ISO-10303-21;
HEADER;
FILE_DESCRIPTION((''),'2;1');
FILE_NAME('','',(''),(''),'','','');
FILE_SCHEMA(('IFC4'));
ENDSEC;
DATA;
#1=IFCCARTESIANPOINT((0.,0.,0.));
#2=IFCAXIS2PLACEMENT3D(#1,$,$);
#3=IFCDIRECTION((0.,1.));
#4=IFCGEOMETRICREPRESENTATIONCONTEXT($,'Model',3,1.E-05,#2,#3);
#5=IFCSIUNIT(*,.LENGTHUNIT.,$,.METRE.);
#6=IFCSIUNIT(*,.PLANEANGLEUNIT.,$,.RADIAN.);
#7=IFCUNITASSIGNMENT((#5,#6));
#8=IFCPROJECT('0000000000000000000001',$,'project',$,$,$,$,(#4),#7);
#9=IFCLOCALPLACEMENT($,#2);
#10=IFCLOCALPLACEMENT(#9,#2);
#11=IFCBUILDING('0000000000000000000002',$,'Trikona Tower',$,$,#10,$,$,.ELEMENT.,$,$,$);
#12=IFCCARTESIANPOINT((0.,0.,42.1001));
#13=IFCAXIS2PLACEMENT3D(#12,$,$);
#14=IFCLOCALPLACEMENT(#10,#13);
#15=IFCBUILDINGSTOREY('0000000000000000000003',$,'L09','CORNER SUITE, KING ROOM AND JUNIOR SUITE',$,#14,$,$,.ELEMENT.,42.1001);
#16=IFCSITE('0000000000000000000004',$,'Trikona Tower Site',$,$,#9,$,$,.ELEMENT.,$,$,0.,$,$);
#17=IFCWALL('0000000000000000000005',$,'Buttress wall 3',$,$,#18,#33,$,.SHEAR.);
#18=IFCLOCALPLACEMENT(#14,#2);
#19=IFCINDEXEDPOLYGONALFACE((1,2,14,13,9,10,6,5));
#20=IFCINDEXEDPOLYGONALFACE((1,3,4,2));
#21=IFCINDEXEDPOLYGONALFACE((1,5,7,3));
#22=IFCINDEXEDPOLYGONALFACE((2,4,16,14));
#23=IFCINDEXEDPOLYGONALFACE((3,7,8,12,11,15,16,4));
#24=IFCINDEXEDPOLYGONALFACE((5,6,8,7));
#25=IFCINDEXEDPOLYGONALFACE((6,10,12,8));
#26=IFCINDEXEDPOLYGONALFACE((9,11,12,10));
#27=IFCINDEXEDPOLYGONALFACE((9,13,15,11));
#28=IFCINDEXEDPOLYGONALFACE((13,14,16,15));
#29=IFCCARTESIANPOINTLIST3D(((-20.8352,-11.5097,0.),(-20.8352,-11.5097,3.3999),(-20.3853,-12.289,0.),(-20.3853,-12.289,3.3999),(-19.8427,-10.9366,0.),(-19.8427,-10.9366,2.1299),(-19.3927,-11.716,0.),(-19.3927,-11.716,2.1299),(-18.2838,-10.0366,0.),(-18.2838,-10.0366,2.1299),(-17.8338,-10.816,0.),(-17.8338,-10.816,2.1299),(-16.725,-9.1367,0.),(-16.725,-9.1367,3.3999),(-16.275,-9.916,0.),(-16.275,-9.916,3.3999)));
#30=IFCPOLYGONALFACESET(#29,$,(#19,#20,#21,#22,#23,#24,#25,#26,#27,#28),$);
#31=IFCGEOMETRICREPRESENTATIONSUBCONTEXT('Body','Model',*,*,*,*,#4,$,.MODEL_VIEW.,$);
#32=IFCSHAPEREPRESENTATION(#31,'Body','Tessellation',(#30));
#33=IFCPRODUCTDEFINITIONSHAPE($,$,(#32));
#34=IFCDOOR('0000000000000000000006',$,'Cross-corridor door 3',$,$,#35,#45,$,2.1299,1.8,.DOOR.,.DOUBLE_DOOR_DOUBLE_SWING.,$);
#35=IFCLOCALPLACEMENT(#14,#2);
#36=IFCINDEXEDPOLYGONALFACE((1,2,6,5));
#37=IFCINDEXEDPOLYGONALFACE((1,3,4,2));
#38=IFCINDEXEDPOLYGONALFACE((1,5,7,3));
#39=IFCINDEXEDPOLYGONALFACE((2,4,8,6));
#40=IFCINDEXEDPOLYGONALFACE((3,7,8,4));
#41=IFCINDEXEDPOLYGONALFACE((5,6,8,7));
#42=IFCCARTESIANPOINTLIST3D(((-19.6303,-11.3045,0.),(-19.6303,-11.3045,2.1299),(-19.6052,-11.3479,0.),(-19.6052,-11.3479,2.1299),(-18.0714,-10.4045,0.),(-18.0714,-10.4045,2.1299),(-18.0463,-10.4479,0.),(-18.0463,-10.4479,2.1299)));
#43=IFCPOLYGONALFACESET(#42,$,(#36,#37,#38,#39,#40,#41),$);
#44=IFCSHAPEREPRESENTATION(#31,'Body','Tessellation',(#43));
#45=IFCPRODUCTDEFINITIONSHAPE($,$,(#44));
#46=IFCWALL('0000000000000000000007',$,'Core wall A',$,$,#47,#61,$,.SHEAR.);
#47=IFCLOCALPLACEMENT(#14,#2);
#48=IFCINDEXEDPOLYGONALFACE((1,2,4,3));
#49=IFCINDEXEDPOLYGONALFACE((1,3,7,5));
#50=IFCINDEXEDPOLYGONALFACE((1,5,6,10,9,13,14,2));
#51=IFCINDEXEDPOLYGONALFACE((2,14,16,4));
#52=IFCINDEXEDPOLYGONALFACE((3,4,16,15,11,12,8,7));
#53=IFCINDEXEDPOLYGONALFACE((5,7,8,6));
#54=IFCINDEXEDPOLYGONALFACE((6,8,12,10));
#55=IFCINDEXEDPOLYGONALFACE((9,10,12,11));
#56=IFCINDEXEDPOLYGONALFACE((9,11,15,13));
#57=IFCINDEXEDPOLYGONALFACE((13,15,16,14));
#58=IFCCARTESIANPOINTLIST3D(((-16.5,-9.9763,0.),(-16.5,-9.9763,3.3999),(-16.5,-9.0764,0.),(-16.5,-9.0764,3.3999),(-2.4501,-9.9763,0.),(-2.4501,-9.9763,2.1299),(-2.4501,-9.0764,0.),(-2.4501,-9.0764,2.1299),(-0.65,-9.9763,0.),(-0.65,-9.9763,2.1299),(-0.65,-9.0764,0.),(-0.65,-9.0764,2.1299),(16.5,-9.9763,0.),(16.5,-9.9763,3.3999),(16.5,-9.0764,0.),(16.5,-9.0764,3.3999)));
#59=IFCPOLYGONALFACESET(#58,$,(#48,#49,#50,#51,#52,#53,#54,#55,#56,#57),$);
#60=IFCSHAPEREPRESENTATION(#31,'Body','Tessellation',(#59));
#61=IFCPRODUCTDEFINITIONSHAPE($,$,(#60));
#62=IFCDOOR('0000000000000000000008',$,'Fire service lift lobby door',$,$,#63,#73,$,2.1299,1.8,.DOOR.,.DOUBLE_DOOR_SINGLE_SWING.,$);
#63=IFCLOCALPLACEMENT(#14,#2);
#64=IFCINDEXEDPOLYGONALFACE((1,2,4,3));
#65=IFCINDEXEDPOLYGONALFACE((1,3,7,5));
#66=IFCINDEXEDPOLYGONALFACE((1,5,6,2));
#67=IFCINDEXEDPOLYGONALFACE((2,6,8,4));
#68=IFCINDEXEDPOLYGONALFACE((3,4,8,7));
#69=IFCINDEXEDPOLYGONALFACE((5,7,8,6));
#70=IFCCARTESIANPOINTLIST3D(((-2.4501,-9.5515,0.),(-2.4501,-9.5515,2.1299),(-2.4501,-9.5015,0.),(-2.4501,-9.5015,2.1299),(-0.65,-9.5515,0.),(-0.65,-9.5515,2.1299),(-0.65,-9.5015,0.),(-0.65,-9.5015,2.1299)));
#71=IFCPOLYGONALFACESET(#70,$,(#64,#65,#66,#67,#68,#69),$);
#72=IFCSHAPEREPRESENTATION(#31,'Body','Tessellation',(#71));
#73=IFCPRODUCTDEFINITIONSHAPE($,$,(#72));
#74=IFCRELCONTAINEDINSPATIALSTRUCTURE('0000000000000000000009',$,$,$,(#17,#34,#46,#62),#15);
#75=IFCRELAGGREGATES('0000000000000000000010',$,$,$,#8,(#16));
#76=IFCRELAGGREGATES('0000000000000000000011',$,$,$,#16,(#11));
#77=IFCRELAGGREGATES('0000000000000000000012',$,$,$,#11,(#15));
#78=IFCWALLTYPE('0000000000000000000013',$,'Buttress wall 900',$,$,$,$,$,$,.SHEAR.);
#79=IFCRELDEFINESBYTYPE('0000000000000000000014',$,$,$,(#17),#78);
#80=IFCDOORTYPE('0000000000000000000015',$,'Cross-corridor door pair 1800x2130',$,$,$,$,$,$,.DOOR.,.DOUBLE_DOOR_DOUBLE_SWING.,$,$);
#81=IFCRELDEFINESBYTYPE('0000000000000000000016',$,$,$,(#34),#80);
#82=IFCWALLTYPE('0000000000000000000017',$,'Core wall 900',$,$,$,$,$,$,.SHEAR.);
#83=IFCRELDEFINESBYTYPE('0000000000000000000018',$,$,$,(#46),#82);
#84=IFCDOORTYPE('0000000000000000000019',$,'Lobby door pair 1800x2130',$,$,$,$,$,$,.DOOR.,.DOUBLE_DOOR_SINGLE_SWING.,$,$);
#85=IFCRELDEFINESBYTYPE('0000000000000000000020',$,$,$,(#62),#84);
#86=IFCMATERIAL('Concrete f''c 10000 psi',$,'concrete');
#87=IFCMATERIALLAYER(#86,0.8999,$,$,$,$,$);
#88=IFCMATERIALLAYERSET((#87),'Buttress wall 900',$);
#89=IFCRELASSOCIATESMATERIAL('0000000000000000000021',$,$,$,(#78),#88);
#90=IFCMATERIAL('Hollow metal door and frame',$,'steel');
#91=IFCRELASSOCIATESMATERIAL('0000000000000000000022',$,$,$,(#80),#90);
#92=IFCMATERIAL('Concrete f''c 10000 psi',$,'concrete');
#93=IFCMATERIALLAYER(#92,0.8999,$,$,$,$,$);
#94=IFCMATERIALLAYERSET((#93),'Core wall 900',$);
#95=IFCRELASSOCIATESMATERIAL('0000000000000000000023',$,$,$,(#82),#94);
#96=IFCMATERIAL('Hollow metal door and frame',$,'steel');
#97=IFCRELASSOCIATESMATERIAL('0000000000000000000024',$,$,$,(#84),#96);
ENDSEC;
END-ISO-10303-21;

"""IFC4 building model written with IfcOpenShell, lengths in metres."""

from ifc_helpers import new_model, si_unit, direction, frame, frame_2d, origin, place, context, subcontext, project, spatial, rectangle, extrude, material, layer, layer_set, type_object, element, fill, save


model = new_model("IFC4")

# Units and contexts
model_context = context("Model", 3, precision=1e-05, world=origin(), true_north=direction((0.0, 1.0)))
body_context = subcontext(model_context, "Body", "Model", "MODEL_VIEW")
ifc_project = project(units=[si_unit("LENGTHUNIT", "METRE"), si_unit("PLANEANGLEUNIT", "RADIAN")], contexts=[model_context])

# Site, building, storey
site_placement = place(None, origin())
site = spatial("IfcSite", under=ifc_project, at=site_placement, Name="Trikona Tower Site", CompositionType="ELEMENT", RefElevation=0.0)
building_placement = place(site_placement, origin())
building = spatial("IfcBuilding", under=site, at=building_placement, Name="Trikona Tower", CompositionType="ELEMENT")
storey_placement = place(building_placement, frame((0.0, 0.0, 42.1001)))
storey = spatial("IfcBuildingStorey", under=building, at=storey_placement, Name="L09", Description="CORNER SUITE, KING ROOM AND JUNIOR SUITE", CompositionType="ELEMENT", Elevation=42.1001)

# Walls, openings, doors
ifc_material_1 = material(Name="Concrete f'c 10000 psi", Category="concrete")
ifc_layer_1 = layer(ifc_material_1, 0.8999)
ifc_layer_set_1 = layer_set([ifc_layer_1], Name="Buttress wall 900")
wall_type_1 = type_object("IfcWallType", Name="Buttress wall 900", PredefinedType="SHEAR", material=ifc_layer_set_1)
wall_1_placement = place(storey_placement, frame((-16.5, -9.5264, 0.0), z_axis=(0.0, 0.0, 1.0), x_axis=(-0.866031, -0.49999, 0.0)))
wall_1 = element("IfcWall", 1, at=wall_1_placement, inside=storey, type_object=wall_type_1, Name="Buttress wall 3", PredefinedType="SHEAR", context=body_context, shape_type="SweptSolid", body=[
    extrude(rectangle(XDim=4.7461, YDim=0.8999, at=frame_2d((2.373, 0.0))), origin(), (0.0, 0.0, 1.0), 3.3999),
])
opening_1_placement = place(wall_1_placement, frame((1.8, 0.0, 0.0)))
opening_1 = element("IfcOpeningElement", 2, at=opening_1_placement, cuts=wall_1, PredefinedType="OPENING", context=body_context, shape_type="SweptSolid", body=[
    extrude(rectangle(XDim=1.8, YDim=2.1299, at=frame_2d((0.8999, 1.0649))), frame((0.0, 0.46, 0.0), z_axis=(0.0, -1.0, 0.0), x_axis=(1.0, 0.0, 0.0)), (0.0, 0.0, 1.0), 0.9199),
])
ifc_material_2 = material(Name="Hollow metal door and frame", Category="steel")
door_type_1 = type_object("IfcDoorType", Name="Cross-corridor door pair 1800x2130", OperationType="DOUBLE_DOOR_DOUBLE_SWING", PredefinedType="DOOR", material=ifc_material_2)
door_1_placement = place(opening_1_placement, origin())
door_1 = element("IfcDoor", 3, at=door_1_placement, inside=storey, type_object=door_type_1, Name="Cross-corridor door 3", OperationType="DOUBLE_DOOR_DOUBLE_SWING", OverallHeight=2.1299, OverallWidth=1.8, PredefinedType="DOOR", context=body_context, shape_type="SweptSolid", body=[
    extrude(rectangle(XDim=1.8, YDim=2.1299, at=frame_2d((0.8999, 1.0649))), frame((0.0, 0.0249, 0.0), z_axis=(0.0, -1.0, 0.0), x_axis=(1.0, 0.0, 0.0)), (0.0, 0.0, 1.0), 0.05),
])
fill(opening_1, door_1)
ifc_material_3 = material(Name="Concrete f'c 10000 psi", Category="concrete")
ifc_layer_2 = layer(ifc_material_3, 0.8999)
ifc_layer_set_2 = layer_set([ifc_layer_2], Name="Core wall 900")
wall_type_2 = type_object("IfcWallType", Name="Core wall 900", PredefinedType="SHEAR", material=ifc_layer_set_2)
wall_2_placement = place(storey_placement, frame((-16.5, -9.5264, 0.0), z_axis=(0.0, 0.0, 1.0), x_axis=(1.0, 0.0, 0.0)))
wall_2 = element("IfcWall", 4, at=wall_2_placement, inside=storey, type_object=wall_type_2, Name="Core wall A", PredefinedType="SHEAR", context=body_context, shape_type="SweptSolid", body=[
    extrude(rectangle(XDim=33.0, YDim=0.8999, at=frame_2d((16.5, 0.0))), origin(), (0.0, 0.0, 1.0), 3.3999),
])
opening_2_placement = place(wall_2_placement, frame((14.05, 0.0, 0.0)))
opening_2 = element("IfcOpeningElement", 5, at=opening_2_placement, cuts=wall_2, PredefinedType="OPENING", context=body_context, shape_type="SweptSolid", body=[
    extrude(rectangle(XDim=1.8, YDim=2.1299, at=frame_2d((0.8999, 1.0649))), frame((0.0, 0.46, 0.0), z_axis=(0.0, -1.0, 0.0), x_axis=(1.0, 0.0, 0.0)), (0.0, 0.0, 1.0), 0.9199),
])
ifc_material_4 = material(Name="Hollow metal door and frame", Category="steel")
door_type_2 = type_object("IfcDoorType", Name="Lobby door pair 1800x2130", OperationType="DOUBLE_DOOR_SINGLE_SWING", PredefinedType="DOOR", material=ifc_material_4)
door_2_placement = place(opening_2_placement, origin())
door_2 = element("IfcDoor", 6, at=door_2_placement, inside=storey, type_object=door_type_2, Name="Fire service lift lobby door", OperationType="DOUBLE_DOOR_SINGLE_SWING", OverallHeight=2.1299, OverallWidth=1.8, PredefinedType="DOOR", context=body_context, shape_type="SweptSolid", body=[
    extrude(rectangle(XDim=1.8, YDim=2.1299, at=frame_2d((0.8999, 1.0649))), frame((0.0, 0.0249, 0.0), z_axis=(0.0, -1.0, 0.0), x_axis=(1.0, 0.0, 0.0)), (0.0, 0.0, 1.0), 0.05),
])
fill(opening_2, door_2)

save(model, "model.ifc")
